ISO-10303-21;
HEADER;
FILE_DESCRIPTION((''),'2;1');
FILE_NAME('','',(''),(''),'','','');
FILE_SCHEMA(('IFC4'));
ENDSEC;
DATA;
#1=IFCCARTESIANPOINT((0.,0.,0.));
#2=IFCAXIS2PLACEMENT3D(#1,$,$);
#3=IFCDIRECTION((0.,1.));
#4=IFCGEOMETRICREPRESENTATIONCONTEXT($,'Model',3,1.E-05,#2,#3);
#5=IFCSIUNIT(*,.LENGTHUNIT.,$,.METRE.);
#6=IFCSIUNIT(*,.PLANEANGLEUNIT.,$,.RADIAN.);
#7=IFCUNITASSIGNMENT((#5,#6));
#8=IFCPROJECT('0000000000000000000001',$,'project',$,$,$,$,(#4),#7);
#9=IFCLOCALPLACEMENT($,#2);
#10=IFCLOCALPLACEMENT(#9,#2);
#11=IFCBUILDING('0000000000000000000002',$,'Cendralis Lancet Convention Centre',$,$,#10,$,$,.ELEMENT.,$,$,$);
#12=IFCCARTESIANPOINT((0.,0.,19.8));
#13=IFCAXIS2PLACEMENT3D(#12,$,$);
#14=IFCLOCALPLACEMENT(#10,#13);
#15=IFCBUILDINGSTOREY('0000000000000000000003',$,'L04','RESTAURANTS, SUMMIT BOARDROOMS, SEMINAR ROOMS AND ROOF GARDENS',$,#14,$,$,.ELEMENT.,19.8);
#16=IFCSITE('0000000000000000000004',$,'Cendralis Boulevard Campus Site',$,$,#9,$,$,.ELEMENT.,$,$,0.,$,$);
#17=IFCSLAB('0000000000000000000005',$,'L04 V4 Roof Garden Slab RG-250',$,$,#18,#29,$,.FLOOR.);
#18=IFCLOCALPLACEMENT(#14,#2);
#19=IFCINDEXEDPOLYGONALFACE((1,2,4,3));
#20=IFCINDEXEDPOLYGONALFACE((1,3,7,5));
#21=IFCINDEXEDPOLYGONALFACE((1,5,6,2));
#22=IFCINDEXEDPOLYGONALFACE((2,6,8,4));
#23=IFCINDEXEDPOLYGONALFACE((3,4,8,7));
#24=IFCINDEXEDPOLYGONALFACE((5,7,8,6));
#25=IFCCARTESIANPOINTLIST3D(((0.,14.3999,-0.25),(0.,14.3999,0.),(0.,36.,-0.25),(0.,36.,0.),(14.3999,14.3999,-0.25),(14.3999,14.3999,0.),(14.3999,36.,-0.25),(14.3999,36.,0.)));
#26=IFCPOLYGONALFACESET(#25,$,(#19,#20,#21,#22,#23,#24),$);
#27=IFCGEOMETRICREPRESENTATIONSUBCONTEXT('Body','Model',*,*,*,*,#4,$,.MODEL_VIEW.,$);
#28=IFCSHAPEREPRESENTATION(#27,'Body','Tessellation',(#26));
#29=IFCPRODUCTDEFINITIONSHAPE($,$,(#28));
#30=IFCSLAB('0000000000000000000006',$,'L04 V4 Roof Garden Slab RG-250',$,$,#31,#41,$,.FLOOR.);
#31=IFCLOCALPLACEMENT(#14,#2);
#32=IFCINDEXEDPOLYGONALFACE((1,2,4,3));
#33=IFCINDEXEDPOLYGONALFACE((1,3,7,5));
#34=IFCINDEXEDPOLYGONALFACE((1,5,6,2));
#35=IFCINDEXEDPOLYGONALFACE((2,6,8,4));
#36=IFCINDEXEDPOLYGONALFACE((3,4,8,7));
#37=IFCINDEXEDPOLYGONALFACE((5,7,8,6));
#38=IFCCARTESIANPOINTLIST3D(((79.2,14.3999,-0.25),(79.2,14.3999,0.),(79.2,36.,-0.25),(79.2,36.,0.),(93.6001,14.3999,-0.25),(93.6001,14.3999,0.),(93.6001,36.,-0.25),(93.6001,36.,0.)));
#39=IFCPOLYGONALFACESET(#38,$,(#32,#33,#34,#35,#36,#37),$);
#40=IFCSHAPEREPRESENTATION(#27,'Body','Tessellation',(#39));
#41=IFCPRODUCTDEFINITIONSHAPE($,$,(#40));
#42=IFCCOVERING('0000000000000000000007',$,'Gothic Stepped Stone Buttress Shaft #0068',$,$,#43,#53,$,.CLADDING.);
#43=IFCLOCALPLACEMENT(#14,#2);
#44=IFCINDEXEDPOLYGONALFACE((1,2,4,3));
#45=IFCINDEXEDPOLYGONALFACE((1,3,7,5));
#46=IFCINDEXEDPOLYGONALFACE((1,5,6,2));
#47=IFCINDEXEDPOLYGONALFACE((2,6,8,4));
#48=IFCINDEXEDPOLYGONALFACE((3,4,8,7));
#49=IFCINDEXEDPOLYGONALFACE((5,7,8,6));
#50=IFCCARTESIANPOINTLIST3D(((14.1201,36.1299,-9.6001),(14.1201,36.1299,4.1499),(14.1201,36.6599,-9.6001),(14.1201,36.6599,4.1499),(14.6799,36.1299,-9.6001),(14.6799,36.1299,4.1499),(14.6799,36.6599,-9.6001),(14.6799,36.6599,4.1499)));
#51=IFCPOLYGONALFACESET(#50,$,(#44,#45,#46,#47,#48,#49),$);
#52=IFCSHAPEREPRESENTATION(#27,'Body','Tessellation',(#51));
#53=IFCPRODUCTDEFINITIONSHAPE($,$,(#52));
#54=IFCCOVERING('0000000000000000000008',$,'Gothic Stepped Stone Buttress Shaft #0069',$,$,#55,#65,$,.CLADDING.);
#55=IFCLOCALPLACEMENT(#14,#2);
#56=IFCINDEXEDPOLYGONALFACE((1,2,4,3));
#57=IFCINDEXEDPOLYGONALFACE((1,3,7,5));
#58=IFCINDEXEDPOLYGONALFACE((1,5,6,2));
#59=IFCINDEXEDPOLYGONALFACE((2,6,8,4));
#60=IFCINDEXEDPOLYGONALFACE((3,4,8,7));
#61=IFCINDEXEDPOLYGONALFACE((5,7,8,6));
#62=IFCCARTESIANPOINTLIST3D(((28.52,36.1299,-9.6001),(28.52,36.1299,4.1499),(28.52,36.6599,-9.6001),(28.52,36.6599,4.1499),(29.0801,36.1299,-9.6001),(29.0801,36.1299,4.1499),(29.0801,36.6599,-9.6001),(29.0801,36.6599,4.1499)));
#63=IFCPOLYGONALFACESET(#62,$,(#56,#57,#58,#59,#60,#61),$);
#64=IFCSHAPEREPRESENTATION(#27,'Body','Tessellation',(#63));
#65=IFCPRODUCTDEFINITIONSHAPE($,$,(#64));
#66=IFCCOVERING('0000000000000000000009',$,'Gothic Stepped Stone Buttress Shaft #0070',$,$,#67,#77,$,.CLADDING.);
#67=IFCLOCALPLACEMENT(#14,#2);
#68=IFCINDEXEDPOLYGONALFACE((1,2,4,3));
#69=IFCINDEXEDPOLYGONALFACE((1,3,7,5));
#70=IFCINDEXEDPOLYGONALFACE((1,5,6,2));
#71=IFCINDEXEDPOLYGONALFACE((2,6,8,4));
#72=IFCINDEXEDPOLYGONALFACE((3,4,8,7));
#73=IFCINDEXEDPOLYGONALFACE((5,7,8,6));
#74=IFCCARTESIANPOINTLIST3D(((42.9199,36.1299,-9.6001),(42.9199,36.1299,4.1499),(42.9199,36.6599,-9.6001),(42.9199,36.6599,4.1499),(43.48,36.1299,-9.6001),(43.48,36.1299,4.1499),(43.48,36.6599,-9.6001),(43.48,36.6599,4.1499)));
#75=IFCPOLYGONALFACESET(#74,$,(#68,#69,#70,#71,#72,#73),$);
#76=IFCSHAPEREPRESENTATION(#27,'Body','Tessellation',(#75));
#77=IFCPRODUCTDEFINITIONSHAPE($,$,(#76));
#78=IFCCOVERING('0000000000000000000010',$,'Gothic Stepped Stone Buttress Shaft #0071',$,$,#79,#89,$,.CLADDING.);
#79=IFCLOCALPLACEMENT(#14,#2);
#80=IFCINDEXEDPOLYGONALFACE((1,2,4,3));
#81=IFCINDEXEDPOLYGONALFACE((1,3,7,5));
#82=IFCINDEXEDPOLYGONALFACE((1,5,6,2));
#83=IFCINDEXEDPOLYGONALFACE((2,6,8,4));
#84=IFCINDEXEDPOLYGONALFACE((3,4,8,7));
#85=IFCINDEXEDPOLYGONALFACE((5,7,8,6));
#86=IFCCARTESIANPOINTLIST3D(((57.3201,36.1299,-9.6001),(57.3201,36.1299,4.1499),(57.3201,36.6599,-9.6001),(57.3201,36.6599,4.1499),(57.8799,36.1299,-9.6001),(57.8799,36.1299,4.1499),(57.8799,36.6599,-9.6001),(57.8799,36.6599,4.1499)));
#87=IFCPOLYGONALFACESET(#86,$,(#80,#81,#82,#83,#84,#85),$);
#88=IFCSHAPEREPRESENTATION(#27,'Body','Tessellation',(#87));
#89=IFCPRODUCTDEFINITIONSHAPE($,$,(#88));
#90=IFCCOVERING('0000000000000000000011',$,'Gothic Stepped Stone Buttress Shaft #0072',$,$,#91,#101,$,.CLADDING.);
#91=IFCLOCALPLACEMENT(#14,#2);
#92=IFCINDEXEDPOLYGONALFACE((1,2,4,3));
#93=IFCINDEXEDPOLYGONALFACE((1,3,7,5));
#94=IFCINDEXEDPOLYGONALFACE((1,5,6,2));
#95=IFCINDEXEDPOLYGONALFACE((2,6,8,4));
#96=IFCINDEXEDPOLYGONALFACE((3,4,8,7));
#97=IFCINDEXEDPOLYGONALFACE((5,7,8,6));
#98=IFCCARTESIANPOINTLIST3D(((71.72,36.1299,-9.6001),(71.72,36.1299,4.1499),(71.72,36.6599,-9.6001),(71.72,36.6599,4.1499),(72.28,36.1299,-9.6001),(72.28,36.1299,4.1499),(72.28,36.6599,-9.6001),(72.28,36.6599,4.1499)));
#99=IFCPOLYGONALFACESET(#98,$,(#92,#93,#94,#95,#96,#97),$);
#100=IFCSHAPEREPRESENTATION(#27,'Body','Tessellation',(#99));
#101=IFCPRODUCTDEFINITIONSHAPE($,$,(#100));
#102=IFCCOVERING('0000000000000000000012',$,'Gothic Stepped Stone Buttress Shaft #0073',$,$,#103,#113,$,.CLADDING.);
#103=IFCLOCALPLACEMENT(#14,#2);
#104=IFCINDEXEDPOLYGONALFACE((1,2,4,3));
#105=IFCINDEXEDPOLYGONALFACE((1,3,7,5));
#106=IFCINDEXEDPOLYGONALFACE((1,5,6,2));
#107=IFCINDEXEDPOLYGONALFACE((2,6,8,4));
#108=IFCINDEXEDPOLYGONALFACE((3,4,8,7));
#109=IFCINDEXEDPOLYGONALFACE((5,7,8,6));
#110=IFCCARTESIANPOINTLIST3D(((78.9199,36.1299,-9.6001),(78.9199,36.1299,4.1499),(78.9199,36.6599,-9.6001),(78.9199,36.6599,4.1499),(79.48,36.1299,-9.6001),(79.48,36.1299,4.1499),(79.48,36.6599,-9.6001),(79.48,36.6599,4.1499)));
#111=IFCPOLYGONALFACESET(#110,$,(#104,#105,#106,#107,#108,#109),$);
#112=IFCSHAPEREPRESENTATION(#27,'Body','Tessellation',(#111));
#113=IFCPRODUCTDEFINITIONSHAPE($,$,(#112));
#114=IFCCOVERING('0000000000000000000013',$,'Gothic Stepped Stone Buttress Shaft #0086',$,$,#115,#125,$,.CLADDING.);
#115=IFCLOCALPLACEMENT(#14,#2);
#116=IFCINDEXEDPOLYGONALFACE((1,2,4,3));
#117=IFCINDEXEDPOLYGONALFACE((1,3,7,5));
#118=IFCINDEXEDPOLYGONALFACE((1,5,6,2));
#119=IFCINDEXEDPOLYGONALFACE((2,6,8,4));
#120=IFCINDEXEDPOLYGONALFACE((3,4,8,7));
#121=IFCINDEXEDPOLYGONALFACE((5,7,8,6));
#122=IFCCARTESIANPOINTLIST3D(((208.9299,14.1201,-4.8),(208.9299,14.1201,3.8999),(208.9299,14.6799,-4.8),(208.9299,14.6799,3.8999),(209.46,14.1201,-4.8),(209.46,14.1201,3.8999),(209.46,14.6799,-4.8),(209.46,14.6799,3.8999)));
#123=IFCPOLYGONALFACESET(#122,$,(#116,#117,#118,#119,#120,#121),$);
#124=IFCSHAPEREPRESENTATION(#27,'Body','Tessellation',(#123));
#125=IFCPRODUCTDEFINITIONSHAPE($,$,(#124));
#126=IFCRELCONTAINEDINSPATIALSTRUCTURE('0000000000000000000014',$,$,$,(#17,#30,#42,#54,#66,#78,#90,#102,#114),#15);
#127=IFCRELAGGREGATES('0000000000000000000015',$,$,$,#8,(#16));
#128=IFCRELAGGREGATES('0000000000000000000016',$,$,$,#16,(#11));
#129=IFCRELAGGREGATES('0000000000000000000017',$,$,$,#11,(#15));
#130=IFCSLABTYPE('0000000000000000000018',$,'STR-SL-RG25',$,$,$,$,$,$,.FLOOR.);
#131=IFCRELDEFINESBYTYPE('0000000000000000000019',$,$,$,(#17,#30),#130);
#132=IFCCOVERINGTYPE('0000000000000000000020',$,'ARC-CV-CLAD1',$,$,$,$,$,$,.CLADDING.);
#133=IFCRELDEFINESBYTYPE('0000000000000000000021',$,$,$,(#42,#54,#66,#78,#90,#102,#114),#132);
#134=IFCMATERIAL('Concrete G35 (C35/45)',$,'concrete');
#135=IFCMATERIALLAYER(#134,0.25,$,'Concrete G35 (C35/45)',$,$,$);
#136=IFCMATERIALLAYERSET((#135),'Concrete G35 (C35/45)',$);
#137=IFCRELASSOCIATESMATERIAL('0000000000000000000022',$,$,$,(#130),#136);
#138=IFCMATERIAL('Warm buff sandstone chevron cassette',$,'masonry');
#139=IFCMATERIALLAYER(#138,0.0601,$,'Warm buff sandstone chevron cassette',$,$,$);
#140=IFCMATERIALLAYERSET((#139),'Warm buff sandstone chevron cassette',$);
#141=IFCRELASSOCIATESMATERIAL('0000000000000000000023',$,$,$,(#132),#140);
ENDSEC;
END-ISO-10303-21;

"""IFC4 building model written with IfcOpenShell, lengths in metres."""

from ifc_helpers import new_model, si_unit, direction, frame, origin, place, context, subcontext, project, spatial, polyline, outline, extrude, material, layer, layer_set, type_object, element, save


model = new_model("IFC4")

# Units and contexts
model_context = context("Model", 3, precision=1e-05, world=origin(), true_north=direction((0.0, 1.0)))
body_context = subcontext(model_context, "Body", "Model", "MODEL_VIEW")
ifc_project = project(units=[si_unit("LENGTHUNIT", "METRE"), si_unit("PLANEANGLEUNIT", "RADIAN")], contexts=[model_context])

# Site, building, storey
site_placement = place(None, origin())
site = spatial("IfcSite", under=ifc_project, at=site_placement, Name="Cendralis Boulevard Campus Site", CompositionType="ELEMENT", RefElevation=0.0)
building_placement = place(site_placement, origin())
building = spatial("IfcBuilding", under=site, at=building_placement, Name="Cendralis Lancet Convention Centre", CompositionType="ELEMENT")
storey_placement = place(building_placement, frame((0.0, 0.0, 19.8)))
storey = spatial("IfcBuildingStorey", under=building, at=storey_placement, Name="L04", Description="RESTAURANTS, SUMMIT BOARDROOMS, SEMINAR ROOMS AND ROOF GARDENS", CompositionType="ELEMENT", Elevation=19.8)

# Shared definitions
ifc_material_1 = material(Name="Concrete G35 (C35/45)", Category="concrete")

# Slabs
ifc_layer_1 = layer(ifc_material_1, 0.25, Name="Concrete G35 (C35/45)")
ifc_layer_set_1 = layer_set([ifc_layer_1], Name="Concrete G35 (C35/45)")
slab_type_1 = type_object("IfcSlabType", Name="STR-SL-RG25", PredefinedType="FLOOR", material=ifc_layer_set_1)
slab_1_placement = place(storey_placement, frame((0.0, 0.0, -0.25)))
element("IfcSlab", 1, at=slab_1_placement, inside=storey, type_object=slab_type_1, Name="L04 V4 Roof Garden Slab RG-250", PredefinedType="FLOOR", context=body_context, shape_type="SweptSolid", body=[
    extrude(outline(polyline([(0.0, 14.3999), (14.3999, 14.3999), (14.3999, 36.0), (0.0, 36.0), (0.0, 14.3999)])), origin(), (0.0, 0.0, 1.0), 0.25),
])
slab_2_placement = place(storey_placement, frame((0.0, 0.0, -0.25)))
element("IfcSlab", 2, at=slab_2_placement, inside=storey, type_object=slab_type_1, Name="L04 V4 Roof Garden Slab RG-250", PredefinedType="FLOOR", context=body_context, shape_type="SweptSolid", body=[
    extrude(outline(polyline([(79.2, 14.3999), (93.6001, 14.3999), (93.6001, 36.0), (79.2, 36.0), (79.2, 14.3999)])), origin(), (0.0, 0.0, 1.0), 0.25),
])

# Coverings
ifc_material_2 = material(Name="Warm buff sandstone chevron cassette", Category="masonry")
ifc_layer_2 = layer(ifc_material_2, 0.0601, Name="Warm buff sandstone chevron cassette")
ifc_layer_set_2 = layer_set([ifc_layer_2], Name="Warm buff sandstone chevron cassette")
covering_type_1 = type_object("IfcCoveringType", Name="ARC-CV-CLAD1", PredefinedType="CLADDING", material=ifc_layer_set_2)
covering_1_placement = place(storey_placement, frame((0.0, 0.0, -9.6001)))
element("IfcCovering", 3, at=covering_1_placement, inside=storey, type_object=covering_type_1, Name="Gothic Stepped Stone Buttress Shaft #0068", PredefinedType="CLADDING", context=body_context, shape_type="SweptSolid", body=[
    extrude(outline(polyline([(14.6799, 36.6599), (14.1201, 36.6599), (14.1201, 36.1299), (14.6799, 36.1299), (14.6799, 36.6599)])), origin(), (0.0, 0.0, 1.0), 13.75),
])
covering_2_placement = place(storey_placement, frame((0.0, 0.0, -9.6001)))
element("IfcCovering", 4, at=covering_2_placement, inside=storey, type_object=covering_type_1, Name="Gothic Stepped Stone Buttress Shaft #0069", PredefinedType="CLADDING", context=body_context, shape_type="SweptSolid", body=[
    extrude(outline(polyline([(29.0801, 36.6599), (28.52, 36.6599), (28.52, 36.1299), (29.0801, 36.1299), (29.0801, 36.6599)])), origin(), (0.0, 0.0, 1.0), 13.75),
])
covering_3_placement = place(storey_placement, frame((0.0, 0.0, -9.6001)))
element("IfcCovering", 5, at=covering_3_placement, inside=storey, type_object=covering_type_1, Name="Gothic Stepped Stone Buttress Shaft #0070", PredefinedType="CLADDING", context=body_context, shape_type="SweptSolid", body=[
    extrude(outline(polyline([(43.48, 36.6599), (42.9199, 36.6599), (42.9199, 36.1299), (43.48, 36.1299), (43.48, 36.6599)])), origin(), (0.0, 0.0, 1.0), 13.75),
])
covering_4_placement = place(storey_placement, frame((0.0, 0.0, -9.6001)))
element("IfcCovering", 6, at=covering_4_placement, inside=storey, type_object=covering_type_1, Name="Gothic Stepped Stone Buttress Shaft #0071", PredefinedType="CLADDING", context=body_context, shape_type="SweptSolid", body=[
    extrude(outline(polyline([(57.8799, 36.6599), (57.3201, 36.6599), (57.3201, 36.1299), (57.8799, 36.1299), (57.8799, 36.6599)])), origin(), (0.0, 0.0, 1.0), 13.75),
])
covering_5_placement = place(storey_placement, frame((0.0, 0.0, -9.6001)))
element("IfcCovering", 7, at=covering_5_placement, inside=storey, type_object=covering_type_1, Name="Gothic Stepped Stone Buttress Shaft #0072", PredefinedType="CLADDING", context=body_context, shape_type="SweptSolid", body=[
    extrude(outline(polyline([(72.28, 36.6599), (71.72, 36.6599), (71.72, 36.1299), (72.28, 36.1299), (72.28, 36.6599)])), origin(), (0.0, 0.0, 1.0), 13.75),
])
covering_6_placement = place(storey_placement, frame((0.0, 0.0, -9.6001)))
element("IfcCovering", 8, at=covering_6_placement, inside=storey, type_object=covering_type_1, Name="Gothic Stepped Stone Buttress Shaft #0073", PredefinedType="CLADDING", context=body_context, shape_type="SweptSolid", body=[
    extrude(outline(polyline([(79.48, 36.6599), (78.9199, 36.6599), (78.9199, 36.1299), (79.48, 36.1299), (79.48, 36.6599)])), origin(), (0.0, 0.0, 1.0), 13.75),
])
covering_7_placement = place(storey_placement, frame((0.0, 0.0, -4.8)))
element("IfcCovering", 9, at=covering_7_placement, inside=storey, type_object=covering_type_1, Name="Gothic Stepped Stone Buttress Shaft #0086", PredefinedType="CLADDING", context=body_context, shape_type="SweptSolid", body=[
    extrude(outline(polyline([(209.46, 14.1201), (209.46, 14.6799), (208.9299, 14.6799), (208.9299, 14.1201), (209.46, 14.1201)])), origin(), (0.0, 0.0, 1.0), 8.7),
])

save(model, "model.ifc")
